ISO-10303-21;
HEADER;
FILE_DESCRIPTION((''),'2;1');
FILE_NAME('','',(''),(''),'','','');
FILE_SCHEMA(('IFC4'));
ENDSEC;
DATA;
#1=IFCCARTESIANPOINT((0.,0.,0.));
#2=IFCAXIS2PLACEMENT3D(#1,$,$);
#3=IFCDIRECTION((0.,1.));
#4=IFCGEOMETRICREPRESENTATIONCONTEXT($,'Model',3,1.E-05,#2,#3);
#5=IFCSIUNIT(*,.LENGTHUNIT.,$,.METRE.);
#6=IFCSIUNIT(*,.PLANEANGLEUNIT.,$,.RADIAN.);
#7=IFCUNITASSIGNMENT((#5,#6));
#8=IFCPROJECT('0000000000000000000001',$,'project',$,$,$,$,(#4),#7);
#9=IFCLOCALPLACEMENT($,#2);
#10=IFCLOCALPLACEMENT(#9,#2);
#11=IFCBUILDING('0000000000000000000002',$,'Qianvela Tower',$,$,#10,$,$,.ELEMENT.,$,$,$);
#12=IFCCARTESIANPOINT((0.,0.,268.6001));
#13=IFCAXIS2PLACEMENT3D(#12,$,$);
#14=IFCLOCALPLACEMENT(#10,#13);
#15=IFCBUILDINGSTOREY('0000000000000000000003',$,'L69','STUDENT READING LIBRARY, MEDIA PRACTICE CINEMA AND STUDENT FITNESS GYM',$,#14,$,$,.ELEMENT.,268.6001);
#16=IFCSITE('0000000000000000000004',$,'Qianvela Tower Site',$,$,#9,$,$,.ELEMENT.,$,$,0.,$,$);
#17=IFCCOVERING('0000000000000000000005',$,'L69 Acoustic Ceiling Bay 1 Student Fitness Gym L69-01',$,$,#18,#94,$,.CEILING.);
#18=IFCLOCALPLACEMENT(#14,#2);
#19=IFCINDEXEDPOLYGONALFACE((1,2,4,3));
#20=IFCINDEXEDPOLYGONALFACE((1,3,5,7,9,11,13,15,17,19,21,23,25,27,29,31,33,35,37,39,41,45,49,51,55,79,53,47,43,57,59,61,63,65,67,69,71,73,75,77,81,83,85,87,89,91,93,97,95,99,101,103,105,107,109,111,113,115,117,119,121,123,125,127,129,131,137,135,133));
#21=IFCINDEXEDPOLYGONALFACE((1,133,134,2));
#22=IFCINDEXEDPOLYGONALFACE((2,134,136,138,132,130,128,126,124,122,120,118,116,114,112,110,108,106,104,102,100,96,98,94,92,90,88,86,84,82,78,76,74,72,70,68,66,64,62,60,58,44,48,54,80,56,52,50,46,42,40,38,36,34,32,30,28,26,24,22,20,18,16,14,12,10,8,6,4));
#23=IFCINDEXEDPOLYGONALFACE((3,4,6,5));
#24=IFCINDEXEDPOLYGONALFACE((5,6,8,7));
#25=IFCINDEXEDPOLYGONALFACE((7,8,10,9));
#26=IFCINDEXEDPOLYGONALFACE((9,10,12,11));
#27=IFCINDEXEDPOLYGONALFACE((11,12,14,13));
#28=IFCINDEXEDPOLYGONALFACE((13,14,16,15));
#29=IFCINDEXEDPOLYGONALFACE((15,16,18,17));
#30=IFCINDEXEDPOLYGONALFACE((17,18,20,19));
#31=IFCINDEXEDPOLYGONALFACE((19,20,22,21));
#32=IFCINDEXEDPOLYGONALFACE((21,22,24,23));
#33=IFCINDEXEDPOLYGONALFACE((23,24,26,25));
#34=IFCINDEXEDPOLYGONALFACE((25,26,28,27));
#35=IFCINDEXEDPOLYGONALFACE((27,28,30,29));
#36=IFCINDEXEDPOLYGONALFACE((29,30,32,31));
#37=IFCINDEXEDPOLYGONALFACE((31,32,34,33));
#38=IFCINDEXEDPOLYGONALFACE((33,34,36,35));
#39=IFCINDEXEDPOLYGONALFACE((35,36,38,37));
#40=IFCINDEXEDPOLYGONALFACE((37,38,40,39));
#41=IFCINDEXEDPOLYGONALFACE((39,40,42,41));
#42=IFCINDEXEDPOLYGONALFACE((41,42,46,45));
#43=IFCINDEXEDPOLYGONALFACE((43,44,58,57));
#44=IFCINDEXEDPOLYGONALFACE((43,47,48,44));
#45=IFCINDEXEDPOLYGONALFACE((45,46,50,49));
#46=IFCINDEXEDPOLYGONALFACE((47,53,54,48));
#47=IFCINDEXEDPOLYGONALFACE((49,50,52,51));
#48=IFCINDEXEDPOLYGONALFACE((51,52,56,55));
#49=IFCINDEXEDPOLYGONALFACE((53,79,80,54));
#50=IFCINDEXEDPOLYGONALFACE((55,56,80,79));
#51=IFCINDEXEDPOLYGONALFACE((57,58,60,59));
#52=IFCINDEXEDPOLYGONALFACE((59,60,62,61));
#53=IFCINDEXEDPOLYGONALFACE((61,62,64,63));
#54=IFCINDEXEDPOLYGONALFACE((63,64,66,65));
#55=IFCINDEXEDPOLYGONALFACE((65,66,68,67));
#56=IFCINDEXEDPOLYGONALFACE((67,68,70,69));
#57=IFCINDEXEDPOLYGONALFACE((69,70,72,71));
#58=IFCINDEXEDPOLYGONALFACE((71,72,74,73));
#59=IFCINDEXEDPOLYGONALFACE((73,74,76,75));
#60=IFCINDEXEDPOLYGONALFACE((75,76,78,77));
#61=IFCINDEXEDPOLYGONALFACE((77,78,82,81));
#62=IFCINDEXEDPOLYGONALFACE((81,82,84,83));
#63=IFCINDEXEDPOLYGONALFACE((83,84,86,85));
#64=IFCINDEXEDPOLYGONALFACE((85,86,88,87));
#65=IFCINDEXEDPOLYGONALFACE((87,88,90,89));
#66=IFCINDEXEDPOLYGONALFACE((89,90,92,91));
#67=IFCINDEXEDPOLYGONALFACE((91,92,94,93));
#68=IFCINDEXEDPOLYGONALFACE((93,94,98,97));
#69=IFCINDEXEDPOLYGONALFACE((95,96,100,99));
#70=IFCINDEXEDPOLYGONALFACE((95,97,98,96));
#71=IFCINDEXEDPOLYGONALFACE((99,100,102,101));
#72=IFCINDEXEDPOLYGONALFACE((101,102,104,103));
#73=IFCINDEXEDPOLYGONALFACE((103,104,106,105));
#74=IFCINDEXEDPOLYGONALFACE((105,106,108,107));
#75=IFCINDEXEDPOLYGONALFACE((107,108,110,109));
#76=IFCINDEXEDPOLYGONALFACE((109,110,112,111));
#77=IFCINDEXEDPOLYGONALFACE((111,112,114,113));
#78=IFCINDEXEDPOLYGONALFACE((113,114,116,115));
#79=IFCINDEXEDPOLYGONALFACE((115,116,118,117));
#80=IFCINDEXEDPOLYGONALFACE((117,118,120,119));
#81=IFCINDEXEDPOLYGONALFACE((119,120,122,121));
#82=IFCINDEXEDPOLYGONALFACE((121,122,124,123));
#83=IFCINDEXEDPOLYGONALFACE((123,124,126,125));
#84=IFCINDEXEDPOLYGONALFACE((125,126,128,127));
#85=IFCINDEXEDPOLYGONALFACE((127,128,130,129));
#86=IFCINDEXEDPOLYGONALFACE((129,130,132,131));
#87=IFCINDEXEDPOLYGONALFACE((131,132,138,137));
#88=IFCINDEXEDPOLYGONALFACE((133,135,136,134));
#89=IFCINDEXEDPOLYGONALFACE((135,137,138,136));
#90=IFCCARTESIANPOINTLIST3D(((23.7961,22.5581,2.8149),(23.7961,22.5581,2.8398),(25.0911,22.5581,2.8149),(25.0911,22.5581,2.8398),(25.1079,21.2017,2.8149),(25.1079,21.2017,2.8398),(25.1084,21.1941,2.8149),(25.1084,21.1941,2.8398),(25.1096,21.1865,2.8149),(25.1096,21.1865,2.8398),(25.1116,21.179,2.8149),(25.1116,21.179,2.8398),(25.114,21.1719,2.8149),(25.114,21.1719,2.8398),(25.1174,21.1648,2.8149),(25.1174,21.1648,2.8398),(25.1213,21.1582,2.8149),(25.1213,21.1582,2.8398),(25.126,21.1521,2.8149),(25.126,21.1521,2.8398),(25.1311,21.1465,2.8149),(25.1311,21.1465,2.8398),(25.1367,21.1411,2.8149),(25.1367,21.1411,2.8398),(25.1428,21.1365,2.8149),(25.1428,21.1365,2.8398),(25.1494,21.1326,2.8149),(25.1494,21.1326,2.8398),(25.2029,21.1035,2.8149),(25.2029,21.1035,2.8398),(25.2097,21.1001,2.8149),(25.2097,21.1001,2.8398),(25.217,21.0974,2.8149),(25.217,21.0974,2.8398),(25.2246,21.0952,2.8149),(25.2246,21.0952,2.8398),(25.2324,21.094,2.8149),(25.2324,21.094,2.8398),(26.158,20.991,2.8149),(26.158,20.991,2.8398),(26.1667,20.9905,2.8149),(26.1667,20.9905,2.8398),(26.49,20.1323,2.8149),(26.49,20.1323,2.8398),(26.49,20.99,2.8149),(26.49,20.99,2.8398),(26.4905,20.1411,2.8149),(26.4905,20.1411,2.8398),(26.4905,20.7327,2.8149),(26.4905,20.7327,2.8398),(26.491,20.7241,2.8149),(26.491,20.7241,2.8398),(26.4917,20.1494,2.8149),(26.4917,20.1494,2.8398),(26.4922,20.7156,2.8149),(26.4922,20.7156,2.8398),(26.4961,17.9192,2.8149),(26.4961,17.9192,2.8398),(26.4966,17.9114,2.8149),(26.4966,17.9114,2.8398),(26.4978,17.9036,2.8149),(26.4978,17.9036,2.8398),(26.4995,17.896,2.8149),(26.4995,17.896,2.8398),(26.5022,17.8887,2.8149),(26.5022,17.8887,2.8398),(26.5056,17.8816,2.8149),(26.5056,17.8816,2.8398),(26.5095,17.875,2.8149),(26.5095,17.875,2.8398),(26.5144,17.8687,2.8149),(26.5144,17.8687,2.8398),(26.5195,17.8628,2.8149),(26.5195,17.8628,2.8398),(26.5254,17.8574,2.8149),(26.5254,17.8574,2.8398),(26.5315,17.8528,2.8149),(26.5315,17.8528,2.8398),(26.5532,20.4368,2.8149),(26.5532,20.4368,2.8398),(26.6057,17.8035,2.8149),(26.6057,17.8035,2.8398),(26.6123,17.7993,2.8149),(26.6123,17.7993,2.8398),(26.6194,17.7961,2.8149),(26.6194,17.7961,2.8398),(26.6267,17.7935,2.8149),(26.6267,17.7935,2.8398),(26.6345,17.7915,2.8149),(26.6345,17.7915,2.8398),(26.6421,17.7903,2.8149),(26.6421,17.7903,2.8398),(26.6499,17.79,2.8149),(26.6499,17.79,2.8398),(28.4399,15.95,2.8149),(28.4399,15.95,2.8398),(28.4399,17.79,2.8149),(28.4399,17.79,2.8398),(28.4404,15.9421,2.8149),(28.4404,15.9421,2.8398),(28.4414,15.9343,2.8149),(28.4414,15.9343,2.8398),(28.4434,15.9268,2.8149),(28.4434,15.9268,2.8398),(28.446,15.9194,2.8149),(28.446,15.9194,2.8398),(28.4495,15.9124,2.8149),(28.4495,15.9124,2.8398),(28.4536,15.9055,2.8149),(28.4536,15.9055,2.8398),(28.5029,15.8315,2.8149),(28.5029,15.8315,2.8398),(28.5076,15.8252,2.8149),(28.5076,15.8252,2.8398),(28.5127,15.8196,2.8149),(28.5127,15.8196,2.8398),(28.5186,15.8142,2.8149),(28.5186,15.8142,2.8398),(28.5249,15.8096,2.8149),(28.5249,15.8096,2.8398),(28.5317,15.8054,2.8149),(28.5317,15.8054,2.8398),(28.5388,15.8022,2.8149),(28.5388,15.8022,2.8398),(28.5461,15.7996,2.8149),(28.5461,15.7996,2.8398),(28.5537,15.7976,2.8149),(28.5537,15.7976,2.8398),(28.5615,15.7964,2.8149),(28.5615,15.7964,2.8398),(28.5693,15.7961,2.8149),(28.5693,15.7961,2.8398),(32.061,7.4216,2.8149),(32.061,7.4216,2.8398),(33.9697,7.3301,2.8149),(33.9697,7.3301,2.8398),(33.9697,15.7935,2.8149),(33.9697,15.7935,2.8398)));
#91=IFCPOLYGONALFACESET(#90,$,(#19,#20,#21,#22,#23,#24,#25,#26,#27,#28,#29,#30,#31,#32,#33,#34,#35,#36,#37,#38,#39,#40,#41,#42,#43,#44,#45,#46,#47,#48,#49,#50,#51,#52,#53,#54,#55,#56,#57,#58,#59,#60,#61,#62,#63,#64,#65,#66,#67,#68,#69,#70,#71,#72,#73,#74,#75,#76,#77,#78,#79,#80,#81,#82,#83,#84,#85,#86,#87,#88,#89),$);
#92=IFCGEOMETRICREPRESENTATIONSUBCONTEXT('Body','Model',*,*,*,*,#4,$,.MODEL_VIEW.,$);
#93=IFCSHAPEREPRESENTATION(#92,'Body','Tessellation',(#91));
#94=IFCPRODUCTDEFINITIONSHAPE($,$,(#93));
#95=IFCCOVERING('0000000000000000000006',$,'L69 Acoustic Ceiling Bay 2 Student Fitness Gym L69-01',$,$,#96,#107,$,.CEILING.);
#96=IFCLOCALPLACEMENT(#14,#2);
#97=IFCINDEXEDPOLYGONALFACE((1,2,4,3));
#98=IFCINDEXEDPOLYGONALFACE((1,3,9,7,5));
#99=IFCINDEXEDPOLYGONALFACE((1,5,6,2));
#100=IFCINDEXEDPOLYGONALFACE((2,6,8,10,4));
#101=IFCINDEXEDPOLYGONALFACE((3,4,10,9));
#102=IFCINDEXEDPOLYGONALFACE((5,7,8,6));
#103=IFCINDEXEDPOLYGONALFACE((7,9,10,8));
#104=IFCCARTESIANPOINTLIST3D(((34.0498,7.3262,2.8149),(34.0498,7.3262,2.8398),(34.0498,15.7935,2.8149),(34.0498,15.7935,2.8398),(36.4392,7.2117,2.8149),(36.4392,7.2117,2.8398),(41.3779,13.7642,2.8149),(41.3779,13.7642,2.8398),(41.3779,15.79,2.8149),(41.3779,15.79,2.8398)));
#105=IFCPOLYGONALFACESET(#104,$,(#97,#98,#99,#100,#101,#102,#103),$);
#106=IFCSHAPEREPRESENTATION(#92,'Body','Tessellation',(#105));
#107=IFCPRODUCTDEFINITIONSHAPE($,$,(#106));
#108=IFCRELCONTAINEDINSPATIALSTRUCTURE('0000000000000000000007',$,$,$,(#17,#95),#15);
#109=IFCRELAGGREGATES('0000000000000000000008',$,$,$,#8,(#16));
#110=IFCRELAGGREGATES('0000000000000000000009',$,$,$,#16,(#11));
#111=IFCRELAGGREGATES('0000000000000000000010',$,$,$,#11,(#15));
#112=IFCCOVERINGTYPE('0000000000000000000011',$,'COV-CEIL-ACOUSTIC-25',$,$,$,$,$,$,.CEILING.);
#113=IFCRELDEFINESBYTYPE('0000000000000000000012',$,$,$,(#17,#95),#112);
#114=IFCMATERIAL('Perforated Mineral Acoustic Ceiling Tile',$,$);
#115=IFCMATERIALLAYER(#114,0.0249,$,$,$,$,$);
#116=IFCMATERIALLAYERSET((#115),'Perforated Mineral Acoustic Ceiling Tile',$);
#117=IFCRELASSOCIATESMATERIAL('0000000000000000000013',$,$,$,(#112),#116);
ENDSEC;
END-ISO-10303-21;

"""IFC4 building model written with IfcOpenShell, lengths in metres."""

from ifc_helpers import new_model, si_unit, direction, frame, origin, place, context, subcontext, project, spatial, polyline, outline, extrude, material, layer, layer_set, type_object, element, save


model = new_model("IFC4")

# Units and contexts
model_context = context("Model", 3, precision=1e-05, world=origin(), true_north=direction((0.0, 1.0)))
body_context = subcontext(model_context, "Body", "Model", "MODEL_VIEW")
ifc_project = project(units=[si_unit("LENGTHUNIT", "METRE"), si_unit("PLANEANGLEUNIT", "RADIAN")], contexts=[model_context])

# Site, building, storey
site_placement = place(None, origin())
site = spatial("IfcSite", under=ifc_project, at=site_placement, Name="Qianvela Tower Site", CompositionType="ELEMENT", RefElevation=0.0)
building_placement = place(site_placement, origin())
building = spatial("IfcBuilding", under=site, at=building_placement, Name="Qianvela Tower", CompositionType="ELEMENT")
storey_placement = place(building_placement, frame((0.0, 0.0, 268.6001)))
storey = spatial("IfcBuildingStorey", under=building, at=storey_placement, Name="L69", Description="STUDENT READING LIBRARY, MEDIA PRACTICE CINEMA AND STUDENT FITNESS GYM", CompositionType="ELEMENT", Elevation=268.6001)

# Coverings
ifc_material_1 = material(Name="Perforated Mineral Acoustic Ceiling Tile")
ifc_layer_1 = layer(ifc_material_1, 0.0249)
ifc_layer_set_1 = layer_set([ifc_layer_1], Name="Perforated Mineral Acoustic Ceiling Tile")
covering_type_1 = type_object("IfcCoveringType", Name="COV-CEIL-ACOUSTIC-25", PredefinedType="CEILING", material=ifc_layer_set_1)
covering_1_placement = place(storey_placement, frame((0.0, 0.0, 2.8149)))
element("IfcCovering", 1, at=covering_1_placement, inside=storey, type_object=covering_type_1, Name="L69 Acoustic Ceiling Bay 1 Student Fitness Gym L69-01", PredefinedType="CEILING", context=body_context, shape_type="SweptSolid", body=[
    extrude(outline(polyline([(25.0911, 22.5581), (25.1079, 21.2017), (25.1084, 21.1941), (25.1096, 21.1865), (25.1116, 21.179), (25.114, 21.1719), (25.1174, 21.1648), (25.1213, 21.1582), (25.126, 21.1521), (25.1311, 21.1465), (25.1367, 21.1411), (25.1428, 21.1365), (25.1494, 21.1326), (25.2029, 21.1035), (25.2097, 21.1001), (25.217, 21.0974), (25.2246, 21.0952), (25.2324, 21.094), (26.158, 20.991), (26.1667, 20.9905), (26.49, 20.99), (26.4905, 20.7327), (26.491, 20.7241), (26.4922, 20.7156), (26.5532, 20.4368), (26.4917, 20.1494), (26.4905, 20.1411), (26.49, 20.1323), (26.4961, 17.9192), (26.4966, 17.9114), (26.4978, 17.9036), (26.4995, 17.896), (26.5022, 17.8887), (26.5056, 17.8816), (26.5095, 17.875), (26.5144, 17.8687), (26.5195, 17.8628), (26.5254, 17.8574), (26.5315, 17.8528), (26.6057, 17.8035), (26.6123, 17.7993), (26.6194, 17.7961), (26.6267, 17.7935), (26.6345, 17.7915), (26.6421, 17.7903), (26.6499, 17.79), (28.4399, 17.79), (28.4399, 15.95), (28.4404, 15.9421), (28.4414, 15.9343), (28.4434, 15.9268), (28.446, 15.9194), (28.4495, 15.9124), (28.4536, 15.9055), (28.5029, 15.8315), (28.5076, 15.8252), (28.5127, 15.8196), (28.5186, 15.8142), (28.5249, 15.8096), (28.5317, 15.8054), (28.5388, 15.8022), (28.5461, 15.7996), (28.5537, 15.7976), (28.5615, 15.7964), (28.5693, 15.7961), (33.9697, 15.7935), (33.9697, 7.3301), (32.061, 7.4216), (23.7961, 22.5581), (25.0911, 22.5581)])), origin(), (0.0, 0.0, 1.0), 0.0249),
])
covering_2_placement = place(storey_placement, frame((0.0, 0.0, 2.8149)))
element("IfcCovering", 2, at=covering_2_placement, inside=storey, type_object=covering_type_1, Name="L69 Acoustic Ceiling Bay 2 Student Fitness Gym L69-01", PredefinedType="CEILING", context=body_context, shape_type="SweptSolid", body=[
    extrude(outline(polyline([(41.3779, 15.79), (41.3779, 13.7642), (36.4392, 7.2117), (34.0498, 7.3262), (34.0498, 15.7935), (41.3779, 15.79)])), origin(), (0.0, 0.0, 1.0), 0.0249),
])

save(model, "model.ifc")
